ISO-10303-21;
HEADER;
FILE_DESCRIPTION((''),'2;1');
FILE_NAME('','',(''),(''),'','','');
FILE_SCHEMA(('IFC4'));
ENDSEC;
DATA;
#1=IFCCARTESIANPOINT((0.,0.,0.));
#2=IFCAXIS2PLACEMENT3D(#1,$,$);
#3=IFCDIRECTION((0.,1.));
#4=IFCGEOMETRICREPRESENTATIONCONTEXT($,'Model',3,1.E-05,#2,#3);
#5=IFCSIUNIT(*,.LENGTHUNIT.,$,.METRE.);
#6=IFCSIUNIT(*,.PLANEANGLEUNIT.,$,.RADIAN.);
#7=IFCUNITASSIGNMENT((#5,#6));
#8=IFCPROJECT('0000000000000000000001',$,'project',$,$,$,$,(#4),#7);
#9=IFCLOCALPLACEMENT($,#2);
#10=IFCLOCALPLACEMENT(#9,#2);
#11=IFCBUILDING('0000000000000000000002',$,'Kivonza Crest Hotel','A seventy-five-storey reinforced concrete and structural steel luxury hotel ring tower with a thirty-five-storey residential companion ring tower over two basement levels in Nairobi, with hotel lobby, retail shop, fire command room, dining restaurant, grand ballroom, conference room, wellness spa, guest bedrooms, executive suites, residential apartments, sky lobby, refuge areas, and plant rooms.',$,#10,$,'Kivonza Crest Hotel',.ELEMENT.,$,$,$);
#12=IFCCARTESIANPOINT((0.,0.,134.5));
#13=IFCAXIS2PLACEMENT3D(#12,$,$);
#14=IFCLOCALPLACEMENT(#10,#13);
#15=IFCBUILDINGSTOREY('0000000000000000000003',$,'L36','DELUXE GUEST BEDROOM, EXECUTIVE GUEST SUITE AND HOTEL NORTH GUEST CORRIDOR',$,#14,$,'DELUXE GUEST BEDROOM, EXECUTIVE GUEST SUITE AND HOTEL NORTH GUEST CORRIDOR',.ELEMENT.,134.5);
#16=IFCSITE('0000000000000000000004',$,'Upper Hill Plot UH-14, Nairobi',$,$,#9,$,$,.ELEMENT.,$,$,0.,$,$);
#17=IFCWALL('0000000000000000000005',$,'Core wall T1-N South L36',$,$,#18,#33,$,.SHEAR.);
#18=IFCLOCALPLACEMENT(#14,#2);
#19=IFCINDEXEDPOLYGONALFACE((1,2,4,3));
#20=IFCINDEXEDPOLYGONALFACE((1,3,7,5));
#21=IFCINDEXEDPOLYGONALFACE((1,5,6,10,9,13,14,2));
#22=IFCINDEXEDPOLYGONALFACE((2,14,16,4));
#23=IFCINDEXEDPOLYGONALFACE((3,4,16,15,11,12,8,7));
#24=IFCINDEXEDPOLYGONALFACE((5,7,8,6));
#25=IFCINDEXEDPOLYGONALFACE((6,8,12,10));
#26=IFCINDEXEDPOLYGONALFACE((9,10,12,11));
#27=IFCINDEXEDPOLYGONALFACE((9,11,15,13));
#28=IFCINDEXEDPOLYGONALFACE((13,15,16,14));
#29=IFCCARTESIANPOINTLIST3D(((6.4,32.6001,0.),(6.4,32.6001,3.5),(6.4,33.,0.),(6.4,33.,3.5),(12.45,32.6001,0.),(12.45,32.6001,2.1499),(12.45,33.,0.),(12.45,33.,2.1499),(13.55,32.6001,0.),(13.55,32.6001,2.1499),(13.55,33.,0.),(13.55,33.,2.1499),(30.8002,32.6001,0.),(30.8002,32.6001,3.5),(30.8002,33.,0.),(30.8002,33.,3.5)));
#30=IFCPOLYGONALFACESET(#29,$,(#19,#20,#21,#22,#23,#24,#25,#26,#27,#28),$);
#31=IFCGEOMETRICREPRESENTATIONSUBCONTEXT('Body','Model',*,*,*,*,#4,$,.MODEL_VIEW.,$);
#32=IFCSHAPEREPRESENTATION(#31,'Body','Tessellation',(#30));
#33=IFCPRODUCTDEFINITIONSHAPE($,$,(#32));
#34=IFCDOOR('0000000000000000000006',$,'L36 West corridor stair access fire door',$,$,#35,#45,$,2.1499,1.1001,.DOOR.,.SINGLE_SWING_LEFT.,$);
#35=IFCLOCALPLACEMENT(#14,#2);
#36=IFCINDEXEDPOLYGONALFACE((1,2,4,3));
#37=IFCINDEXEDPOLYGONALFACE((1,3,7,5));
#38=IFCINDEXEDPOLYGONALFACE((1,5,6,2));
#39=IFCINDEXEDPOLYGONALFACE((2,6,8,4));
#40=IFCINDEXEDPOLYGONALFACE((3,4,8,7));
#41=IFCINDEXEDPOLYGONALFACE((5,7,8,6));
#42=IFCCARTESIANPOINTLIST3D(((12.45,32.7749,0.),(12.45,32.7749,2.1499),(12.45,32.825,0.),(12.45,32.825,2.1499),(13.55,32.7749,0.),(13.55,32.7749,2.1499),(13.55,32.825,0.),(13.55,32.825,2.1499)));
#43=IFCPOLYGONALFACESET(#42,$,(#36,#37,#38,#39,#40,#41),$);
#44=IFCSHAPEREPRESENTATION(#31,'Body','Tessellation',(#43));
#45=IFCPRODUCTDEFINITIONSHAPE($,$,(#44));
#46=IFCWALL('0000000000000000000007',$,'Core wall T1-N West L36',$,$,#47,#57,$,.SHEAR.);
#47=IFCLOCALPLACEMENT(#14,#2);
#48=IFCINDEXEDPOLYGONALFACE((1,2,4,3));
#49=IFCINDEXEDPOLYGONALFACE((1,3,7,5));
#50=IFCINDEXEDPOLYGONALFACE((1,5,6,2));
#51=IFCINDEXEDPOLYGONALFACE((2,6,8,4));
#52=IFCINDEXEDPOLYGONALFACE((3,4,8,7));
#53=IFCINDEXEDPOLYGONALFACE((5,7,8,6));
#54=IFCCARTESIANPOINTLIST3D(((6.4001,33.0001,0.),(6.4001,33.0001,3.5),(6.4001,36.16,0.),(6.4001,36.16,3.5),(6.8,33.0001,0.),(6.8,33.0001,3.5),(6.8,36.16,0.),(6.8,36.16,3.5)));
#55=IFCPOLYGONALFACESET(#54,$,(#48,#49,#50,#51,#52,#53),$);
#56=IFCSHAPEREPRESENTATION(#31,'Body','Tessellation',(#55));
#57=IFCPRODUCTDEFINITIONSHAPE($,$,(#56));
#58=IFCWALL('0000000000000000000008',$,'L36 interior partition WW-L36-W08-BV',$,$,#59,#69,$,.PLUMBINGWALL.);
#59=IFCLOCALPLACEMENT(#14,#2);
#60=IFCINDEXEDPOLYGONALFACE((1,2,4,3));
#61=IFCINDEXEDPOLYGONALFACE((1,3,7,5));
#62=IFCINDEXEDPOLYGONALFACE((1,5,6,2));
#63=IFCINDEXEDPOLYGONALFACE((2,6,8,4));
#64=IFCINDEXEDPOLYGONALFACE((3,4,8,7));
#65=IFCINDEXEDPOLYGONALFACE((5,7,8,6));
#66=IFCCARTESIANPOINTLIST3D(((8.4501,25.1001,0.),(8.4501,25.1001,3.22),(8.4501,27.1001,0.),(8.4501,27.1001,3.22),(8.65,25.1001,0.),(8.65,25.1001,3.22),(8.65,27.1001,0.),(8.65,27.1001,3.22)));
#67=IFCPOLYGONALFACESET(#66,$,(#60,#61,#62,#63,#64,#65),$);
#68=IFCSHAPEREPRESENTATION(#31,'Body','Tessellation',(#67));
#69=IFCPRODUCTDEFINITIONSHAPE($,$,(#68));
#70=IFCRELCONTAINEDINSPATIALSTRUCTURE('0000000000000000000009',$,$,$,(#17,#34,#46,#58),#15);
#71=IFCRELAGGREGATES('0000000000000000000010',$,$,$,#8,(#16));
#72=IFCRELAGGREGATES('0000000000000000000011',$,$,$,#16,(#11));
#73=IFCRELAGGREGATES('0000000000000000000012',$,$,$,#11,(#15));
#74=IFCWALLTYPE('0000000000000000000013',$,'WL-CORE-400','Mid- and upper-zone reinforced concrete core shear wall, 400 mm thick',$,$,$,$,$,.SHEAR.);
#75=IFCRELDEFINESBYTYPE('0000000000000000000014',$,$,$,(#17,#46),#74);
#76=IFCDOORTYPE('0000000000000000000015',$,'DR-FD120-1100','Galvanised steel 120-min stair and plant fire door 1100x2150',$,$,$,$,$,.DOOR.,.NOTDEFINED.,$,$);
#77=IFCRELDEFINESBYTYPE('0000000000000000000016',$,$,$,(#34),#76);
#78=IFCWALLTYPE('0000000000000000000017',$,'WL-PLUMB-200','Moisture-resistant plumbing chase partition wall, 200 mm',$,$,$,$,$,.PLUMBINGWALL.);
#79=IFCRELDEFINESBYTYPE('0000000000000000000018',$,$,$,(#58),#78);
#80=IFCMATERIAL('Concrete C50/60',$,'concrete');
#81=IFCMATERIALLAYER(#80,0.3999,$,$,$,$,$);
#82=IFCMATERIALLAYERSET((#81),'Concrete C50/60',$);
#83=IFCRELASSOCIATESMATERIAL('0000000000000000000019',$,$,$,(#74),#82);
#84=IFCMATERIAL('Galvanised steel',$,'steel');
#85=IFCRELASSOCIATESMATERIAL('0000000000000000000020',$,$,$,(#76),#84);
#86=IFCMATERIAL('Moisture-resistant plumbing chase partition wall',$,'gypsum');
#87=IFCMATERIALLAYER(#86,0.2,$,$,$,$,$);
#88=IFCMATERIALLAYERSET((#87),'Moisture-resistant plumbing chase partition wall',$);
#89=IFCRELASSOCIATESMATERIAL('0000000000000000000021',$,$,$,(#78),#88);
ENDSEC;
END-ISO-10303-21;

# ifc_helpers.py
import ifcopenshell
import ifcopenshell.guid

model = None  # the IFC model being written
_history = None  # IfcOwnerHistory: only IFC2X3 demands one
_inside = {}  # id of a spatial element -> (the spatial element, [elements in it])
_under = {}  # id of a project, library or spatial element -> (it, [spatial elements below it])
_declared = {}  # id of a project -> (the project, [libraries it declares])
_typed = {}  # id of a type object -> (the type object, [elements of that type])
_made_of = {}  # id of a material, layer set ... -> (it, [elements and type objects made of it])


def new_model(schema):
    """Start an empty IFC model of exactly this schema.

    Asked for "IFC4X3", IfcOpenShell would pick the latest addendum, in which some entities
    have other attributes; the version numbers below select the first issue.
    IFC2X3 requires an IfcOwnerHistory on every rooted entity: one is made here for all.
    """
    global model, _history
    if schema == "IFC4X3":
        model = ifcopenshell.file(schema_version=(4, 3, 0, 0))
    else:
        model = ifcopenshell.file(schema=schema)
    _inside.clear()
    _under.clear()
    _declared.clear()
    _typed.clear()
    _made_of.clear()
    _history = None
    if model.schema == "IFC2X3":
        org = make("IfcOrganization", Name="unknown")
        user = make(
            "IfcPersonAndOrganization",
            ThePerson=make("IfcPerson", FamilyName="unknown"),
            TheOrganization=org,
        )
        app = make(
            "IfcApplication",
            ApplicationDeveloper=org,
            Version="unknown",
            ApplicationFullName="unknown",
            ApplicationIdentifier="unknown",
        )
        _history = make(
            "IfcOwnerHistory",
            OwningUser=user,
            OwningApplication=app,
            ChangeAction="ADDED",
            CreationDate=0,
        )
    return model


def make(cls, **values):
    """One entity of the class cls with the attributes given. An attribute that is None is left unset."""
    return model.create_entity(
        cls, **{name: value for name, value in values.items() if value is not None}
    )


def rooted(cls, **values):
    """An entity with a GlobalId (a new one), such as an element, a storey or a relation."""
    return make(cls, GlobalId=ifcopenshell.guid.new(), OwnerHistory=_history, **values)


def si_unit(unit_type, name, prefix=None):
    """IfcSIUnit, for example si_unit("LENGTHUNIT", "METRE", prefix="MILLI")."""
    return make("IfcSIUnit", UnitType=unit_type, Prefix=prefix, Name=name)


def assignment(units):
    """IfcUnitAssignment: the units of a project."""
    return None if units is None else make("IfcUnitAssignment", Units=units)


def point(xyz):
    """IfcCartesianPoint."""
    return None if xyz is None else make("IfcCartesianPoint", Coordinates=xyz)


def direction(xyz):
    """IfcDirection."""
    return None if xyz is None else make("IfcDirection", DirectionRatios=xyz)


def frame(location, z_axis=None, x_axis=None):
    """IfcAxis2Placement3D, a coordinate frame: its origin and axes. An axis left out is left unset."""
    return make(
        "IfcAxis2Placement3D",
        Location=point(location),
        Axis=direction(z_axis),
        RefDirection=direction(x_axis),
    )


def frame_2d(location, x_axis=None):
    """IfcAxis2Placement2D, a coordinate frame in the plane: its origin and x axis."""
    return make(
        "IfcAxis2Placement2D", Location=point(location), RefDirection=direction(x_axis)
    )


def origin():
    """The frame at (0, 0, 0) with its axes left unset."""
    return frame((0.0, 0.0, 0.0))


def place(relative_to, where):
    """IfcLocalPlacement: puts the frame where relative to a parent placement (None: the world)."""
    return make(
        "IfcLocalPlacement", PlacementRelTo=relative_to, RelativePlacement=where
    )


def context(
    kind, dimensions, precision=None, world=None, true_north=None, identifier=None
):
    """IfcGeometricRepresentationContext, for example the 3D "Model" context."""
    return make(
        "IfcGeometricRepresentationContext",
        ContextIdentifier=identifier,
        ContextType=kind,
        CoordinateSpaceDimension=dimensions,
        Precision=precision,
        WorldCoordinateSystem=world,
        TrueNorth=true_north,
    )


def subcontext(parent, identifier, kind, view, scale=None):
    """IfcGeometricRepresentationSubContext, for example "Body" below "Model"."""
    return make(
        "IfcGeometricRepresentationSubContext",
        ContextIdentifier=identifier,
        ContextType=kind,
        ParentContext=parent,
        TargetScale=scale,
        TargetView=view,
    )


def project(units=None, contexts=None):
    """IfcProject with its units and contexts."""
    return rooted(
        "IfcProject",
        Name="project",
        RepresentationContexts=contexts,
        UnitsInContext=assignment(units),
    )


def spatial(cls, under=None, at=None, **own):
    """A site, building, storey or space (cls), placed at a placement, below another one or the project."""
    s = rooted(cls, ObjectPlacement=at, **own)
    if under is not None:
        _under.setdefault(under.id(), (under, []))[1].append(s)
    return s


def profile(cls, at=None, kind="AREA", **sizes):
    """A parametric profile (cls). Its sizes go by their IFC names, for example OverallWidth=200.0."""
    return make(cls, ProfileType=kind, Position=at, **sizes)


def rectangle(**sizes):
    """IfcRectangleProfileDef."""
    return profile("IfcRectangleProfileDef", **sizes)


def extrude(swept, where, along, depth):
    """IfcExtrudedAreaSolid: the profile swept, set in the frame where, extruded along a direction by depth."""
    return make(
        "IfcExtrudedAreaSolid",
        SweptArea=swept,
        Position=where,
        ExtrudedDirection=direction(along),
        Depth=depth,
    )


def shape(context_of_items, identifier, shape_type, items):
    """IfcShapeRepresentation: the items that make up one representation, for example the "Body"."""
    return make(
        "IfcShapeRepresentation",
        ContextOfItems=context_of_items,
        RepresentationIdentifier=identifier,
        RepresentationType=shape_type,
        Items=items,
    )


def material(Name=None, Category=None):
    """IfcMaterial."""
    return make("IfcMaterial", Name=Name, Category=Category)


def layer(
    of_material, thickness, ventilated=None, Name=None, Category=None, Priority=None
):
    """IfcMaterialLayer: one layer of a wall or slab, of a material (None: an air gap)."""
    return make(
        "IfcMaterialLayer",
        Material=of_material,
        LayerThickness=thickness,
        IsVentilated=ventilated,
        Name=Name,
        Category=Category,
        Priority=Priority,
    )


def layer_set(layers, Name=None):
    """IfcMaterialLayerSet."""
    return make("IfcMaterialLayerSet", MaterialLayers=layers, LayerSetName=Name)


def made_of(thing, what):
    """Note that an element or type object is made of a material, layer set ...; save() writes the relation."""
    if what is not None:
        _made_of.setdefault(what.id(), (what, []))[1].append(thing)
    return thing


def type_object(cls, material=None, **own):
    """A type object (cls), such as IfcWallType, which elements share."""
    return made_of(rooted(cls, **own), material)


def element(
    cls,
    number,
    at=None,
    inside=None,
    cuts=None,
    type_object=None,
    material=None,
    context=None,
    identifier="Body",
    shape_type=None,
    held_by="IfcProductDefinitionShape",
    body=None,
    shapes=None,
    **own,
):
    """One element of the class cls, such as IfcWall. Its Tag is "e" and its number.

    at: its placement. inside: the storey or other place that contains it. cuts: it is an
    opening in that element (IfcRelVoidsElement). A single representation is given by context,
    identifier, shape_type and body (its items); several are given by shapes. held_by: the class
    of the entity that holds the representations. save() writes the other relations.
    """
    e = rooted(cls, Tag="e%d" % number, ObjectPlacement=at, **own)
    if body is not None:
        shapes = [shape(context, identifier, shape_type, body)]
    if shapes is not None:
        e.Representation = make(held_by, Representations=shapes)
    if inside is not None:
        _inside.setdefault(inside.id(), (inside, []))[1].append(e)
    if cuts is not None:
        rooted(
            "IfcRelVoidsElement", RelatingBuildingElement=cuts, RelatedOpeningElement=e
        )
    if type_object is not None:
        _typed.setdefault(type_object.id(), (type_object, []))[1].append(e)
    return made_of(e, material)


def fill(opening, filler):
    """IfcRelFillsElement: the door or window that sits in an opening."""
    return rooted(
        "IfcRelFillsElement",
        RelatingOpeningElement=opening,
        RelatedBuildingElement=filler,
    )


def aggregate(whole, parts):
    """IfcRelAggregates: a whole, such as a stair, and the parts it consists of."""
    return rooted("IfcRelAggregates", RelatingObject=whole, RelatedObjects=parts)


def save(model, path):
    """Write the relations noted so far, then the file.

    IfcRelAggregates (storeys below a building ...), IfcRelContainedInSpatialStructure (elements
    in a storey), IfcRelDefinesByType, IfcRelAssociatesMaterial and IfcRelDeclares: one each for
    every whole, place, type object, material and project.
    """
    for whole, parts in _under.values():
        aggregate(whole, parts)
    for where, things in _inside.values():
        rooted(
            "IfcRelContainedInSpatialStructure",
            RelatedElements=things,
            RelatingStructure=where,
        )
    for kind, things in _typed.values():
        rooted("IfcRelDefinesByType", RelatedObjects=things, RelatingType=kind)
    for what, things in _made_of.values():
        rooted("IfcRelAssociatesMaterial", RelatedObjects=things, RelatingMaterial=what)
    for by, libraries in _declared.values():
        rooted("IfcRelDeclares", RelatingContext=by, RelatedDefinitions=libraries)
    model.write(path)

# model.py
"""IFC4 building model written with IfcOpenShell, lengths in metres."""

from ifc_helpers import new_model, si_unit, direction, frame, frame_2d, origin, place, context, subcontext, project, spatial, rectangle, extrude, material, layer, layer_set, type_object, element, fill, save


model = new_model("IFC4")

# Units and contexts
model_context = context("Model", 3, precision=1e-05, world=origin(), true_north=direction((0.0, 1.0)))
body_context = subcontext(model_context, "Body", "Model", "MODEL_VIEW")
ifc_project = project(units=[si_unit("LENGTHUNIT", "METRE"), si_unit("PLANEANGLEUNIT", "RADIAN")], contexts=[model_context])

# Site, building, storey
site_placement = place(None, origin())
site = spatial("IfcSite", under=ifc_project, at=site_placement, Name="Upper Hill Plot UH-14, Nairobi", CompositionType="ELEMENT", RefElevation=0.0)
building_placement = place(site_placement, origin())
building = spatial("IfcBuilding", under=site, at=building_placement, Name="Kivonza Crest Hotel", Description="A seventy-five-storey reinforced concrete and structural steel luxury hotel ring tower with a thirty-five-storey residential companion ring tower over two basement levels in Nairobi, with hotel lobby, retail shop, fire command room, dining restaurant, grand ballroom, conference room, wellness spa, guest bedrooms, executive suites, residential apartments, sky lobby, refuge areas, and plant rooms.", LongName="Kivonza Crest Hotel", CompositionType="ELEMENT")
storey_placement = place(building_placement, frame((0.0, 0.0, 134.5)))
storey = spatial("IfcBuildingStorey", under=building, at=storey_placement, Name="L36", Description="DELUXE GUEST BEDROOM, EXECUTIVE GUEST SUITE AND HOTEL NORTH GUEST CORRIDOR", LongName="DELUXE GUEST BEDROOM, EXECUTIVE GUEST SUITE AND HOTEL NORTH GUEST CORRIDOR", CompositionType="ELEMENT", Elevation=134.5)

# Shared definitions
ifc_material_1 = material(Name="Concrete C50/60", Category="concrete")

# Wall, opening, door
ifc_layer_1 = layer(ifc_material_1, 0.3999)
ifc_layer_set_1 = layer_set([ifc_layer_1], Name="Concrete C50/60")
wall_type_1 = type_object("IfcWallType", Name="WL-CORE-400", Description="Mid- and upper-zone reinforced concrete core shear wall, 400 mm thick", PredefinedType="SHEAR", material=ifc_layer_set_1)
wall_1_placement = place(storey_placement, frame((6.3999, 32.8, 0.0), z_axis=(0.0, 0.0, 1.0), x_axis=(1.0, 0.0, 0.0)))
wall_1 = element("IfcWall", 1, at=wall_1_placement, inside=storey, type_object=wall_type_1, Name="Core wall T1-N South L36", PredefinedType="SHEAR", context=body_context, shape_type="SweptSolid", body=[
    extrude(rectangle(XDim=24.4001, YDim=0.3999, at=frame_2d((12.2002, 0.0))), origin(), (0.0, 0.0, 1.0), 3.5),
])
opening_placement = place(wall_1_placement, frame((6.05, 0.0, 0.0)))
opening = element("IfcOpeningElement", 2, at=opening_placement, cuts=wall_1, PredefinedType="OPENING", context=body_context, shape_type="SweptSolid", body=[
    extrude(rectangle(XDim=1.1001, YDim=2.1499, at=frame_2d((0.55, 1.075))), frame((0.0, 0.21, 0.0), z_axis=(0.0, -1.0, 0.0), x_axis=(1.0, 0.0, 0.0)), (0.0, 0.0, 1.0), 0.4199),
])
ifc_material_2 = material(Name="Galvanised steel", Category="steel")
door_type = type_object("IfcDoorType", Name="DR-FD120-1100", Description="Galvanised steel 120-min stair and plant fire door 1100x2150", OperationType="NOTDEFINED", PredefinedType="DOOR", material=ifc_material_2)
door_placement = place(opening_placement, origin())
door = element("IfcDoor", 3, at=door_placement, inside=storey, type_object=door_type, Name="L36 West corridor stair access fire door", OperationType="SINGLE_SWING_LEFT", OverallHeight=2.1499, OverallWidth=1.1001, PredefinedType="DOOR", context=body_context, shape_type="SweptSolid", body=[
    extrude(rectangle(XDim=1.1001, YDim=2.1499, at=frame_2d((0.55, 1.075))), frame((0.0, 0.0249, 0.0), z_axis=(0.0, -1.0, 0.0), x_axis=(1.0, 0.0, 0.0)), (0.0, 0.0, 1.0), 0.05),
])
fill(opening, door)

# Walls
wall_2_placement = place(storey_placement, frame((6.6001, 33.0, 0.0), z_axis=(0.0, 0.0, 1.0), x_axis=(0.0, 1.0, 0.0)))
element("IfcWall", 4, at=wall_2_placement, inside=storey, type_object=wall_type_1, Name="Core wall T1-N West L36", PredefinedType="SHEAR", context=body_context, shape_type="SweptSolid", body=[
    extrude(rectangle(XDim=3.1599, YDim=0.3999, at=frame_2d((1.5801, 0.0))), origin(), (0.0, 0.0, 1.0), 3.5),
])
ifc_material_3 = material(Name="Moisture-resistant plumbing chase partition wall", Category="gypsum")
ifc_layer_2 = layer(ifc_material_3, 0.2)
ifc_layer_set_2 = layer_set([ifc_layer_2], Name="Moisture-resistant plumbing chase partition wall")
wall_type_2 = type_object("IfcWallType", Name="WL-PLUMB-200", Description="Moisture-resistant plumbing chase partition wall, 200 mm", PredefinedType="PLUMBINGWALL", material=ifc_layer_set_2)
wall_3_placement = place(storey_placement, frame((8.55, 25.1001, 0.0), z_axis=(0.0, 0.0, 1.0), x_axis=(0.0, 1.0, 0.0)))
element("IfcWall", 5, at=wall_3_placement, inside=storey, type_object=wall_type_2, Name="L36 interior partition WW-L36-W08-BV", PredefinedType="PLUMBINGWALL", context=body_context, shape_type="SweptSolid", body=[
    extrude(rectangle(XDim=2.0, YDim=0.2, at=frame_2d((1.0, 0.0))), origin(), (0.0, 0.0, 1.0), 3.22),
])

save(model, "model.ifc")
